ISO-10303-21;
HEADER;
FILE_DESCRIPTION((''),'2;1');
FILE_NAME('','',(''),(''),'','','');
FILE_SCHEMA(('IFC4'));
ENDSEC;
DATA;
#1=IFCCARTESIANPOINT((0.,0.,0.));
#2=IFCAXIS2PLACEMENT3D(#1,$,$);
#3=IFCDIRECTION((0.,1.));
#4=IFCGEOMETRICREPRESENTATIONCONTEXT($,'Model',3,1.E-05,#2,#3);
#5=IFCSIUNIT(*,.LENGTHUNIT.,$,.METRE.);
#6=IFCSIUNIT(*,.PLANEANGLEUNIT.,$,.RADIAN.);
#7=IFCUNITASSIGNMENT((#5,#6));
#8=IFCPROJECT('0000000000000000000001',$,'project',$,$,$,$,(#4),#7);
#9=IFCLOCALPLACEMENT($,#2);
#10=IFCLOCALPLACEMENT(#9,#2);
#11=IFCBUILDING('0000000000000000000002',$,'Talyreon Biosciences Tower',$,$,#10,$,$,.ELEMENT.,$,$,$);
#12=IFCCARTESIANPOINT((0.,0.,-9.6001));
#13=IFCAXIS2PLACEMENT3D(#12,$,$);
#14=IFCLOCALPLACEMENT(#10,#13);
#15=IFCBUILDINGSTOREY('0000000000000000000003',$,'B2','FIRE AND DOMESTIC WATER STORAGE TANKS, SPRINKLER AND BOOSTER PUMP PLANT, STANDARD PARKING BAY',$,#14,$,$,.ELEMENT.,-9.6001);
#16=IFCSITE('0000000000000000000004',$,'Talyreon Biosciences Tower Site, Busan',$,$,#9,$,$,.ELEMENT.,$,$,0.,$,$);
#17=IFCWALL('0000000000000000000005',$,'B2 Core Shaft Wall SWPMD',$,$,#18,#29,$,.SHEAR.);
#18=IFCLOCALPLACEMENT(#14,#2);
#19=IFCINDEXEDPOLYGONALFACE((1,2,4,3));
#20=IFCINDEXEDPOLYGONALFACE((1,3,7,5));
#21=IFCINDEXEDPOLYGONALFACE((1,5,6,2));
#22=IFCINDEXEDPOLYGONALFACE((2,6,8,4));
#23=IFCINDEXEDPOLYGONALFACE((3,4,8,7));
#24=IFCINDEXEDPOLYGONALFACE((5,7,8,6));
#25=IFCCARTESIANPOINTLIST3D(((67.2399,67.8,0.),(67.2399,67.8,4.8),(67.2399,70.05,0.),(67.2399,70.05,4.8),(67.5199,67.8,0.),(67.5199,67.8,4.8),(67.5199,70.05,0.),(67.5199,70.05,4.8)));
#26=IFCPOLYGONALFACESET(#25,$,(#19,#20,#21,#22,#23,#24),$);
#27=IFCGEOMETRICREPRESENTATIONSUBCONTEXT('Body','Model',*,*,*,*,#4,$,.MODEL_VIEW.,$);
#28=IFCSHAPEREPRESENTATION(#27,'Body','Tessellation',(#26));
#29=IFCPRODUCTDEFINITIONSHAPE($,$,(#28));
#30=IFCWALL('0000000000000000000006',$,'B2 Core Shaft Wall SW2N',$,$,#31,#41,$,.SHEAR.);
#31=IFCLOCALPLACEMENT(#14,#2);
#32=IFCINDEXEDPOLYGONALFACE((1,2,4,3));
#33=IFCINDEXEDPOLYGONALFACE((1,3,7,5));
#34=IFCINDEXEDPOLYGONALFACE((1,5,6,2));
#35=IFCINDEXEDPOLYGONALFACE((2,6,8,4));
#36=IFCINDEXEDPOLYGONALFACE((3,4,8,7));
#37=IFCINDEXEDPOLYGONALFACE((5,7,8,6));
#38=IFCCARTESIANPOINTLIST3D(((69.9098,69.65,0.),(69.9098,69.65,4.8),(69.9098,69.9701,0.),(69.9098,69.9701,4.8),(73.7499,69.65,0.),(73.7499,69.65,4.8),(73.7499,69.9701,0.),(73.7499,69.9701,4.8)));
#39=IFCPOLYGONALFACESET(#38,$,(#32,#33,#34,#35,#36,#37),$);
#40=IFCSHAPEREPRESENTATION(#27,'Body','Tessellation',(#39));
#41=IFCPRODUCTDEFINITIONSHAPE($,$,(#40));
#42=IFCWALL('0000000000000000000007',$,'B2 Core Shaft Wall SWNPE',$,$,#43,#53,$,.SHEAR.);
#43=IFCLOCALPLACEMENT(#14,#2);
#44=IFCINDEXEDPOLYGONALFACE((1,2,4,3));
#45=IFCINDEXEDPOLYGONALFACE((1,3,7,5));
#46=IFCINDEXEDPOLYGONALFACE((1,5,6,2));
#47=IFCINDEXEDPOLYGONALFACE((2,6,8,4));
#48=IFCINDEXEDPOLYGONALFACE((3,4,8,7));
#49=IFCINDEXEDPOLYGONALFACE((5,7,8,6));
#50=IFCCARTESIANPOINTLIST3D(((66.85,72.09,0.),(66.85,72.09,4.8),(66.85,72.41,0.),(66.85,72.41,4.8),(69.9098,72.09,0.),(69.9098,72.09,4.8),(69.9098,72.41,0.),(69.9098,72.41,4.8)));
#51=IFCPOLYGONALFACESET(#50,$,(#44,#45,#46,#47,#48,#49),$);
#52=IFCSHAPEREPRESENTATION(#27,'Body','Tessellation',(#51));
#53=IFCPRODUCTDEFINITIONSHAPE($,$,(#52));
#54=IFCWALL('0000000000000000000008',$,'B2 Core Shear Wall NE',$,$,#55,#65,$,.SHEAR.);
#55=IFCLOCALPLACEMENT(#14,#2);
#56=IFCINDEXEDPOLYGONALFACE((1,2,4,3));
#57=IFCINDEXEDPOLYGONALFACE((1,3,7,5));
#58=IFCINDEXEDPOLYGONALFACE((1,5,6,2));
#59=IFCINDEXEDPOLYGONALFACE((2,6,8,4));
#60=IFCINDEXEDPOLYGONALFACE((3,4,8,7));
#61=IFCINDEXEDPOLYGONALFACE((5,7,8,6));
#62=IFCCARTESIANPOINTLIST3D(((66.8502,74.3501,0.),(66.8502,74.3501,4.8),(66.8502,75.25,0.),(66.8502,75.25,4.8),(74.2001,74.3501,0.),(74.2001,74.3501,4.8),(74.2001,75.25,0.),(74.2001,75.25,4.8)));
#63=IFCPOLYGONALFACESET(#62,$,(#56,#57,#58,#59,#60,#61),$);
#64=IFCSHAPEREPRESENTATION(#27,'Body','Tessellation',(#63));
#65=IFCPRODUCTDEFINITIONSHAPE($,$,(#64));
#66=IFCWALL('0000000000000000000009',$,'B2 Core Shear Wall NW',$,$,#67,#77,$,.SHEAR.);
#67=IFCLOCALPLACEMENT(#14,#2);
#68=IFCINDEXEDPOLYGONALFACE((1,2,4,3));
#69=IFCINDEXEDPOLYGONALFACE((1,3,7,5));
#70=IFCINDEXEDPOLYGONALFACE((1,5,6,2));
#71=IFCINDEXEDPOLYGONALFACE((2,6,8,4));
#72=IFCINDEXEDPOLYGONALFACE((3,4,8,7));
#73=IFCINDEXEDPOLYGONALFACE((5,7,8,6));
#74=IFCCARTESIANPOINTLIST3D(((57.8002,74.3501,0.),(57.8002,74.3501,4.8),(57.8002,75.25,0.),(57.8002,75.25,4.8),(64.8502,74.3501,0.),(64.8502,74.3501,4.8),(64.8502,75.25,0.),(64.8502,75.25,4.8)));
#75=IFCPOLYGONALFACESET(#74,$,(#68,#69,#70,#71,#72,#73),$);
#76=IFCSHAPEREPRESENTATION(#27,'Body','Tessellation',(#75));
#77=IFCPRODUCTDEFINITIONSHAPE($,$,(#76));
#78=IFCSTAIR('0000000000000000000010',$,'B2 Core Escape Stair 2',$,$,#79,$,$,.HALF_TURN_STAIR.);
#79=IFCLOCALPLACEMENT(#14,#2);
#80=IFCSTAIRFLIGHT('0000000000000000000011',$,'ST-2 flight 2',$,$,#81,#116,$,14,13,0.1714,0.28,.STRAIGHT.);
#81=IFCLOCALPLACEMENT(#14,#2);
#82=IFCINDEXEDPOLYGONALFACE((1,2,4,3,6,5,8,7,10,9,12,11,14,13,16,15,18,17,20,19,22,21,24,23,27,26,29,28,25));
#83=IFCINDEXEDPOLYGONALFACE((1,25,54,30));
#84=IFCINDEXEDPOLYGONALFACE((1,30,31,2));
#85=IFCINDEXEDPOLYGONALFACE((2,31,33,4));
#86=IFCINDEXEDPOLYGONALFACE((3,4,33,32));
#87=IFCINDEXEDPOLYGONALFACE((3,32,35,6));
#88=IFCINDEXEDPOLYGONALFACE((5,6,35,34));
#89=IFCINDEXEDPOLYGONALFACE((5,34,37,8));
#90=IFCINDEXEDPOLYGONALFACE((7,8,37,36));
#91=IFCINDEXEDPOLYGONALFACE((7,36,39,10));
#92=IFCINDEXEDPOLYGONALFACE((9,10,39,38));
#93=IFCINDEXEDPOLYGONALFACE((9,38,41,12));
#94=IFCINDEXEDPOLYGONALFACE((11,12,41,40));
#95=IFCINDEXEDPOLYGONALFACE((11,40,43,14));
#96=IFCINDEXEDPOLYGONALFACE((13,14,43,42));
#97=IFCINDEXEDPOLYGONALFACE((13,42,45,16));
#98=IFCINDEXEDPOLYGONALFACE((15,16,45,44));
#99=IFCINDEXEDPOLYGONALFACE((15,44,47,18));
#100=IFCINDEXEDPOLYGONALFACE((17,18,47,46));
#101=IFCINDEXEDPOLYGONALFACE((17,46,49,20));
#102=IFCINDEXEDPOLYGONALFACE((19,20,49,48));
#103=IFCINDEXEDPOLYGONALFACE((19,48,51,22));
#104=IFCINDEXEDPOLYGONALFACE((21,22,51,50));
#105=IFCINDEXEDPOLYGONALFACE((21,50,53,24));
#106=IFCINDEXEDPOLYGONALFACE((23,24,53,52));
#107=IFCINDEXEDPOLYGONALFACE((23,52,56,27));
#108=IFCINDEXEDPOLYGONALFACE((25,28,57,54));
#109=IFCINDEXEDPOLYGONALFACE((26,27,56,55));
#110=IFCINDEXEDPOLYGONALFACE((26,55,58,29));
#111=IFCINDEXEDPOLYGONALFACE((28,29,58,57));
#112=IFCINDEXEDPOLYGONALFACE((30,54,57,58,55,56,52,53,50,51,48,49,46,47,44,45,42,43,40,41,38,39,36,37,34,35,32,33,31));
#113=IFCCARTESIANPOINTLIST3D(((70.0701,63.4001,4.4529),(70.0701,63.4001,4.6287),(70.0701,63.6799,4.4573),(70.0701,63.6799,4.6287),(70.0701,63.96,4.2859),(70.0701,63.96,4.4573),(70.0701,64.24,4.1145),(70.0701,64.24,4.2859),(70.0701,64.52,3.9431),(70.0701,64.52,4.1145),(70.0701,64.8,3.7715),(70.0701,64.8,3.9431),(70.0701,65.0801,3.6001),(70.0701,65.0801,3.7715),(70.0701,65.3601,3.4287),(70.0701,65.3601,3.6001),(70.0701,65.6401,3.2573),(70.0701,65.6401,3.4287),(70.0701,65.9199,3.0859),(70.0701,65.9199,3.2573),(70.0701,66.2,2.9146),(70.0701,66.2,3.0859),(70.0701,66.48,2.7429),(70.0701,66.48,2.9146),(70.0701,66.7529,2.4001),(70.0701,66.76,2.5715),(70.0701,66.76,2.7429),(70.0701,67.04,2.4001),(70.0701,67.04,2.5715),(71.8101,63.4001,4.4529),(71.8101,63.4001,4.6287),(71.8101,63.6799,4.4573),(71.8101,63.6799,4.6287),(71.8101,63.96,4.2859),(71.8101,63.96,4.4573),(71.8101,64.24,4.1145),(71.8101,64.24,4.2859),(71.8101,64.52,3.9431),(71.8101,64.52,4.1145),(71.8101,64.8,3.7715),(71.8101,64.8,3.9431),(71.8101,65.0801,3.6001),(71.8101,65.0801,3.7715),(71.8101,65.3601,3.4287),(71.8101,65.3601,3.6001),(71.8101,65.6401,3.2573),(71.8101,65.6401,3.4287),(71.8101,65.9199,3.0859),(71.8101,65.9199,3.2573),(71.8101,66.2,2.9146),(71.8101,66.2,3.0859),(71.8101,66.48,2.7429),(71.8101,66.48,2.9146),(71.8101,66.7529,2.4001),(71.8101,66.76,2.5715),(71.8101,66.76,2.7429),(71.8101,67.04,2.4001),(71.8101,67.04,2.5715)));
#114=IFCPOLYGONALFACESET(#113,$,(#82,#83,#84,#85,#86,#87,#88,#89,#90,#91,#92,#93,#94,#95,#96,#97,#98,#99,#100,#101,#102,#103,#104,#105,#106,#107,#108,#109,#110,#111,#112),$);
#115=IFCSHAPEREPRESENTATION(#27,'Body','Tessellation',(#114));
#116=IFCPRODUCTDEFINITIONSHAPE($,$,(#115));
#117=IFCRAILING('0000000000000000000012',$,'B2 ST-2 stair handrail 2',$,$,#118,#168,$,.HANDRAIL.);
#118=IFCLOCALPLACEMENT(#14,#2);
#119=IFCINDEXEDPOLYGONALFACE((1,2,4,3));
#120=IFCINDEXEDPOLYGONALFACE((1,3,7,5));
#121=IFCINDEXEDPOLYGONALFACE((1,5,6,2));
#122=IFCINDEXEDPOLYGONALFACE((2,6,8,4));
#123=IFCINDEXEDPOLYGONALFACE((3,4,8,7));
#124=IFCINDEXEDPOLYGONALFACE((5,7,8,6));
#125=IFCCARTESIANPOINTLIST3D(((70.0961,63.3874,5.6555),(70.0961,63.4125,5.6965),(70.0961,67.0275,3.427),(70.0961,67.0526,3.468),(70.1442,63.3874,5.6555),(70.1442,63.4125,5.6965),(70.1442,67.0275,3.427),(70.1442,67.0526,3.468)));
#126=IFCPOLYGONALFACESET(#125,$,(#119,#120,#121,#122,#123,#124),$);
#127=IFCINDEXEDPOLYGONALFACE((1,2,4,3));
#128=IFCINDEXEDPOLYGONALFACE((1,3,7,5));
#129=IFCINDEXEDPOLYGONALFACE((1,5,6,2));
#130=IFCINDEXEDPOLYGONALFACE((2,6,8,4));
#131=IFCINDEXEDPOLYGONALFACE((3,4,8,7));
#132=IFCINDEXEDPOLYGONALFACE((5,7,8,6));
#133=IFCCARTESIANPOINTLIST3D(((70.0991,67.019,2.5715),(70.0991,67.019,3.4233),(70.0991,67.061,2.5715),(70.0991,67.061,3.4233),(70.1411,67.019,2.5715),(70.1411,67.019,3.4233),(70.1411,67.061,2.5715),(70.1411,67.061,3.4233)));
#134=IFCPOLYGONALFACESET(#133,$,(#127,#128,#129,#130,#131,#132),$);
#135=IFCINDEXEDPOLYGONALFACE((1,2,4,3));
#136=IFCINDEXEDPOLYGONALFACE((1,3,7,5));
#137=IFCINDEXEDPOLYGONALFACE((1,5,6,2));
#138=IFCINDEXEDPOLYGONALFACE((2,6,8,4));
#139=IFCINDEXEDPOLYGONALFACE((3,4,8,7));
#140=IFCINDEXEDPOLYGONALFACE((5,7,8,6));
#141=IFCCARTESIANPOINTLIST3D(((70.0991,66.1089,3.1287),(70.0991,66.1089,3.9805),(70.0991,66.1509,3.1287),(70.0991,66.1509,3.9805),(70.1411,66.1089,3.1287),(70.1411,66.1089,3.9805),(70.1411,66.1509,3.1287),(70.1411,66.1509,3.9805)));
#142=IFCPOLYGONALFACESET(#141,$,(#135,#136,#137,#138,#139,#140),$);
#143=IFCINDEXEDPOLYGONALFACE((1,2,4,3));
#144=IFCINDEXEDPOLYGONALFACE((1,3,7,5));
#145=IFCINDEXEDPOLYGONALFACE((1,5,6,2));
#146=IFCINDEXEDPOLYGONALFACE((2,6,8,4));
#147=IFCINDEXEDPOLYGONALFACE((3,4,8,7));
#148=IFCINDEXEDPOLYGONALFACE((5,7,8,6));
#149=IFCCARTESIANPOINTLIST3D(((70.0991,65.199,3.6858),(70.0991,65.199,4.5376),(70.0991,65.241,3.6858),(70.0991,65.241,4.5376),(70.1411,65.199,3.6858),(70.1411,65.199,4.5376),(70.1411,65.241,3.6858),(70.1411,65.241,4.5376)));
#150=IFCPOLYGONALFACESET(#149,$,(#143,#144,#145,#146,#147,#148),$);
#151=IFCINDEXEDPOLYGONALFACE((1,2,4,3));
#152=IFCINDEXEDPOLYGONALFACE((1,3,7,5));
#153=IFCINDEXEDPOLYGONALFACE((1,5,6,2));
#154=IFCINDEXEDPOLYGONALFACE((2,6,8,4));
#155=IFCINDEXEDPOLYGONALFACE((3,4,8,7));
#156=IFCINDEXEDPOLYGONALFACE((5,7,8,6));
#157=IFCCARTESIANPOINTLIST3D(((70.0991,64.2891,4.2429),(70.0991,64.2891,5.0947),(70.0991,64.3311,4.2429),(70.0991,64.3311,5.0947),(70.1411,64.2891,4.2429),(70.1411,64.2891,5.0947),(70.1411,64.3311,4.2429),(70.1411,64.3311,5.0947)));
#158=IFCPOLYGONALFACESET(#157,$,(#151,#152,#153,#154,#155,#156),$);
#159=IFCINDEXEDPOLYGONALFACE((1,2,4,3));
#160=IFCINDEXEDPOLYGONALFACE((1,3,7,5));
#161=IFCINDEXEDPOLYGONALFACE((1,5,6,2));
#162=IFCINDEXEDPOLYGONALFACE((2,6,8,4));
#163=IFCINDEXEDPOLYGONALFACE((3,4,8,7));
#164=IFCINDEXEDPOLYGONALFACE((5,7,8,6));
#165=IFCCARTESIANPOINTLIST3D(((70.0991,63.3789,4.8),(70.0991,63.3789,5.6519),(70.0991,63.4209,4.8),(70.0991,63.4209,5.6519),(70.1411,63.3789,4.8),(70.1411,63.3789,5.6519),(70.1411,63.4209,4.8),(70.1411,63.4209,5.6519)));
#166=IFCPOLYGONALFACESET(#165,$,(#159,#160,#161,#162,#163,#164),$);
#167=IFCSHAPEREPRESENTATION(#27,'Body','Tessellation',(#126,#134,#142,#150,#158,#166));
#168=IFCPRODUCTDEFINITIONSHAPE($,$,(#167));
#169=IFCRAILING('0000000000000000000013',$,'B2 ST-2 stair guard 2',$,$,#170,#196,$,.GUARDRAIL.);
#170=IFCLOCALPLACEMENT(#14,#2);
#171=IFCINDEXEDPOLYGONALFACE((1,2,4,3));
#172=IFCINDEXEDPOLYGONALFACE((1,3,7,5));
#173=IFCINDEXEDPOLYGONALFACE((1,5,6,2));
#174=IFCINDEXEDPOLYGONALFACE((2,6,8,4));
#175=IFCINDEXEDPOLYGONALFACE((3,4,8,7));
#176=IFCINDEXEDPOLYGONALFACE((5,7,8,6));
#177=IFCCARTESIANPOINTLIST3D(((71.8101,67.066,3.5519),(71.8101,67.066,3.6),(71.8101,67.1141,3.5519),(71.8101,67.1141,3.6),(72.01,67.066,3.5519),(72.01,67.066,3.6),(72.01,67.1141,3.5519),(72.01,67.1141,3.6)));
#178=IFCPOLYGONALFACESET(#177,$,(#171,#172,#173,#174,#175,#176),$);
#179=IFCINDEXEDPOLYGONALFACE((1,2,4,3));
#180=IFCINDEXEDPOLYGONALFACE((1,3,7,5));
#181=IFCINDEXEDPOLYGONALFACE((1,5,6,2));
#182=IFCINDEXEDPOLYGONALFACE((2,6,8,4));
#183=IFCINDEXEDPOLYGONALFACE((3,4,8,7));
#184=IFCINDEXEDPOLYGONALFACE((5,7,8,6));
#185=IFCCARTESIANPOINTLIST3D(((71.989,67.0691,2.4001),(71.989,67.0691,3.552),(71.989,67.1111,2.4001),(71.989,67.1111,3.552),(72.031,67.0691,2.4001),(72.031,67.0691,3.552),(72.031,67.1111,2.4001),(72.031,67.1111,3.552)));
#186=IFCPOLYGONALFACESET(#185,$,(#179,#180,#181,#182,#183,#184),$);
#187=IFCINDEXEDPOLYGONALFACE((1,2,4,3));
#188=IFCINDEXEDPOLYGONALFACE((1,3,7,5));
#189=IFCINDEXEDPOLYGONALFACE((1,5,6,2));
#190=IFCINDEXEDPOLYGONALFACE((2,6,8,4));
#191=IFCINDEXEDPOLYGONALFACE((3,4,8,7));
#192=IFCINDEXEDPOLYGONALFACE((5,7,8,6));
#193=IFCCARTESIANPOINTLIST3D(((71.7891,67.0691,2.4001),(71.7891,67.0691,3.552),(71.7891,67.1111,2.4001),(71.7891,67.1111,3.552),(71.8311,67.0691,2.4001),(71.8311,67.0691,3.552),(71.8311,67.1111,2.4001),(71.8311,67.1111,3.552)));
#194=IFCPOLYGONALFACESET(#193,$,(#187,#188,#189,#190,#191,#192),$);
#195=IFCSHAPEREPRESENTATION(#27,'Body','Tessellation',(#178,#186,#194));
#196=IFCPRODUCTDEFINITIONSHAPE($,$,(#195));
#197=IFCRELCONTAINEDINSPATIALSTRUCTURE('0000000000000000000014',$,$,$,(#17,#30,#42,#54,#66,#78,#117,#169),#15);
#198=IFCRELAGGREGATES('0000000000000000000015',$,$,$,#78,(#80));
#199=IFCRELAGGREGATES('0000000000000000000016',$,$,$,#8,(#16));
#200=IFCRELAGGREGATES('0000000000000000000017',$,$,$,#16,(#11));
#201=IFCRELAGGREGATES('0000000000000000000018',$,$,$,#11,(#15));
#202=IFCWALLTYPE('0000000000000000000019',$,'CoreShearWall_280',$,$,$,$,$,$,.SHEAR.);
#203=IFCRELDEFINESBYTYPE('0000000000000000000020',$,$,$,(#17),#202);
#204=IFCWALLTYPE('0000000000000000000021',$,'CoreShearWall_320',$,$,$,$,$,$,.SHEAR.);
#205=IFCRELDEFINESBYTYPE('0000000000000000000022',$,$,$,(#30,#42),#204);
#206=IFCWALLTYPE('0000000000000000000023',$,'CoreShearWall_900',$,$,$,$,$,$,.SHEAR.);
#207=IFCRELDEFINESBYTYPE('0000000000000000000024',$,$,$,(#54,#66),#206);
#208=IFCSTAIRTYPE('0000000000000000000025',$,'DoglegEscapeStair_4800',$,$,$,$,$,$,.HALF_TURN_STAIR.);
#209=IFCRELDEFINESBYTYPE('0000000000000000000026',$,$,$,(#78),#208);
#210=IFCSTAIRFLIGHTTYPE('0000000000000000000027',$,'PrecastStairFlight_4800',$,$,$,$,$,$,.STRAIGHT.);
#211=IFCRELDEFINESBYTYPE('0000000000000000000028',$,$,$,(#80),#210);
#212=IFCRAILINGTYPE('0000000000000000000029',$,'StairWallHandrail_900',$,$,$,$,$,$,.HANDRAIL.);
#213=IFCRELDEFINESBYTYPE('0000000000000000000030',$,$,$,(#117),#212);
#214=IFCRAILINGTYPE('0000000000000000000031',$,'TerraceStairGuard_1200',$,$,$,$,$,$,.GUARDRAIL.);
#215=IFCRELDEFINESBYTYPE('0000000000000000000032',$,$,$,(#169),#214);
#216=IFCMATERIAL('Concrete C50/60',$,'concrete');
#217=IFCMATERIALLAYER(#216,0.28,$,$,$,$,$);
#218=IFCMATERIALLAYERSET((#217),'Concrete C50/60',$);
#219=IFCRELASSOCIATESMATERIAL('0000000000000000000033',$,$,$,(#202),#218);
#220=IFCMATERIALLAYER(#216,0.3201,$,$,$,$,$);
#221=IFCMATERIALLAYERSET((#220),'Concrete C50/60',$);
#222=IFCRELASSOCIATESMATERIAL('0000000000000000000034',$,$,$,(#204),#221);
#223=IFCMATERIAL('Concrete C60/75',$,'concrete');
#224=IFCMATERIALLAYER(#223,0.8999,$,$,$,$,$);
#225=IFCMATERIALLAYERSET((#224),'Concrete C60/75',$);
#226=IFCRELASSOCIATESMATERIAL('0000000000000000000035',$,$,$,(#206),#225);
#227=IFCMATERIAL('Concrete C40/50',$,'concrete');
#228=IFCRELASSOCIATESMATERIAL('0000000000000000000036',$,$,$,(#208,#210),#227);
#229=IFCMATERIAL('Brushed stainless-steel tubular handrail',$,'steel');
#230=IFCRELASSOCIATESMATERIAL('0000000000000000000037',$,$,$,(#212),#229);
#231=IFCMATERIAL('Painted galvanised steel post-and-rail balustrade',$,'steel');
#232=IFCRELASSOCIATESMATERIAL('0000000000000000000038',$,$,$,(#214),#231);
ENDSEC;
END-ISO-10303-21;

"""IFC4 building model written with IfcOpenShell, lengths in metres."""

from ifc_helpers import new_model, si_unit, direction, frame, frame_2d, origin, origin_2d, place, context, subcontext, project, spatial, polyline, rectangle, outline, extrude, material, layer, layer_set, type_object, element, aggregate, save


model = new_model("IFC4")

# Units and contexts
model_context = context("Model", 3, precision=1e-05, world=origin(), true_north=direction((0.0, 1.0)))
body_context = subcontext(model_context, "Body", "Model", "MODEL_VIEW")
ifc_project = project(units=[si_unit("LENGTHUNIT", "METRE"), si_unit("PLANEANGLEUNIT", "RADIAN")], contexts=[model_context])

# Site, building, storey
site_placement = place(None, origin())
site = spatial("IfcSite", under=ifc_project, at=site_placement, Name="Talyreon Biosciences Tower Site, Busan", CompositionType="ELEMENT", RefElevation=0.0)
building_placement = place(site_placement, origin())
building = spatial("IfcBuilding", under=site, at=building_placement, Name="Talyreon Biosciences Tower", CompositionType="ELEMENT")
storey_placement = place(building_placement, frame((0.0, 0.0, -9.6001)))
storey = spatial("IfcBuildingStorey", under=building, at=storey_placement, Name="B2", Description="FIRE AND DOMESTIC WATER STORAGE TANKS, SPRINKLER AND BOOSTER PUMP PLANT, STANDARD PARKING BAY", CompositionType="ELEMENT", Elevation=-9.6001)

# Shared definitions
ifc_material_1 = material(Name="Concrete C50/60", Category="concrete")

# Shared definitions
ifc_material_2 = material(Name="Concrete C60/75", Category="concrete")

# Walls
ifc_layer_1 = layer(ifc_material_1, 0.28)
ifc_layer_set_1 = layer_set([ifc_layer_1], Name="Concrete C50/60")
wall_type_1 = type_object("IfcWallType", Name="CoreShearWall_280", PredefinedType="SHEAR", material=ifc_layer_set_1)
for number, where, z_axis, x_axis, name in (
    (1, (67.3799, 67.8, 0.0), (0.0, 0.0, 1.0), (0.0, 1.0, 0.0), "B2 Core Shaft Wall SWPMD"),
):
    element("IfcWall", number, at=place(storey_placement, frame(where, z_axis=z_axis, x_axis=x_axis)), inside=storey, type_object=wall_type_1, Name=name, PredefinedType="SHEAR", context=body_context, shape_type="SweptSolid", body=[
        extrude(rectangle(XDim=2.25, YDim=0.28, at=frame_2d((1.125, 0.0))), origin(), (0.0, 0.0, 1.0), 4.8),
    ])
ifc_layer_2 = layer(ifc_material_1, 0.3201)
ifc_layer_set_2 = layer_set([ifc_layer_2], Name="Concrete C50/60")
wall_type_2 = type_object("IfcWallType", Name="CoreShearWall_320", PredefinedType="SHEAR", material=ifc_layer_set_2)
wall_1_placement = place(storey_placement, frame((69.9099, 69.8101, 0.0), z_axis=(0.0, 0.0, 1.0), x_axis=(1.0, 0.0, 0.0)))
element("IfcWall", 2, at=wall_1_placement, inside=storey, type_object=wall_type_2, Name="B2 Core Shaft Wall SW2N", PredefinedType="SHEAR", context=body_context, shape_type="SweptSolid", body=[
    extrude(rectangle(XDim=3.8401, YDim=0.3201, at=frame_2d((1.9199, 0.0))), origin(), (0.0, 0.0, 1.0), 4.8),
])
wall_2_placement = place(storey_placement, frame((66.8501, 72.25, 0.0), z_axis=(0.0, 0.0, 1.0), x_axis=(1.0, 0.0, 0.0)))
element("IfcWall", 3, at=wall_2_placement, inside=storey, type_object=wall_type_2, Name="B2 Core Shaft Wall SWNPE", PredefinedType="SHEAR", context=body_context, shape_type="SweptSolid", body=[
    extrude(rectangle(XDim=3.0598, YDim=0.3201, at=frame_2d((1.5298, 0.0))), origin(), (0.0, 0.0, 1.0), 4.8),
])
ifc_layer_3 = layer(ifc_material_2, 0.8999)
ifc_layer_set_3 = layer_set([ifc_layer_3], Name="Concrete C60/75")
wall_type_3 = type_object("IfcWallType", Name="CoreShearWall_900", PredefinedType="SHEAR", material=ifc_layer_set_3)
wall_3_placement = place(storey_placement, frame((74.2, 74.8, 0.0), z_axis=(0.0, 0.0, 1.0), x_axis=(-1.0, 0.0, 0.0)))
element("IfcWall", 4, at=wall_3_placement, inside=storey, type_object=wall_type_3, Name="B2 Core Shear Wall NE", PredefinedType="SHEAR", context=body_context, shape_type="SweptSolid", body=[
    extrude(rectangle(XDim=7.3499, YDim=0.8999, at=frame_2d((3.6748, 0.0))), origin(), (0.0, 0.0, 1.0), 4.8),
])
wall_4_placement = place(storey_placement, frame((64.8501, 74.8, 0.0), z_axis=(0.0, 0.0, 1.0), x_axis=(-1.0, 0.0, 0.0)))
element("IfcWall", 5, at=wall_4_placement, inside=storey, type_object=wall_type_3, Name="B2 Core Shear Wall NW", PredefinedType="SHEAR", context=body_context, shape_type="SweptSolid", body=[
    extrude(rectangle(XDim=7.05, YDim=0.8999, at=frame_2d((3.5249, 0.0))), origin(), (0.0, 0.0, 1.0), 4.8),
])

# Stair, stair flight
ifc_material_3 = material(Name="Concrete C40/50", Category="concrete")
stair_type = type_object("IfcStairType", Name="DoglegEscapeStair_4800", PredefinedType="HALF_TURN_STAIR", material=ifc_material_3)
stair_placement = place(storey_placement, origin())
stair = element("IfcStair", 6, at=stair_placement, inside=storey, type_object=stair_type, Name="B2 Core Escape Stair 2", PredefinedType="HALF_TURN_STAIR")
stair_flight_type = type_object("IfcStairFlightType", Name="PrecastStairFlight_4800", PredefinedType="STRAIGHT", material=ifc_material_3)
stair_flight_placement = place(storey_placement, frame((70.9399, 67.04, 2.4001), z_axis=(0.0, 0.0, 1.0), x_axis=(0.0, -1.0, 0.0)))
stair_flight = element("IfcStairFlight", 7, at=stair_flight_placement, type_object=stair_flight_type, Name="ST-2 flight 2", NumberOfRisers=14, NumberOfTreads=13, PredefinedType="STRAIGHT", RiserHeight=0.1714, TreadLength=0.28, context=body_context, shape_type="SweptSolid", body=[
    extrude(outline(polyline([(0.0, 0.0), (0.0, 0.1714), (0.28, 0.1714), (0.28, 0.3428), (0.5601, 0.3428), (0.5601, 0.5144), (0.8401, 0.5144), (0.8401, 0.6858), (1.1201, 0.6858), (1.1201, 0.8572), (1.3999, 0.8572), (1.3999, 1.0286), (1.6799, 1.0286), (1.6799, 1.2), (1.96, 1.2), (1.96, 1.3713), (2.24, 1.3713), (2.24, 1.543), (2.52, 1.543), (2.52, 1.7144), (2.8, 1.7144), (2.8, 1.8857), (3.0801, 1.8857), (3.0801, 2.0571), (3.3601, 2.0571), (3.3601, 2.2285), (3.6399, 2.2285), (3.6399, 2.3999), (3.6399, 2.0527), (0.2871, 0.0), (0.0, 0.0)])), frame((0.0, 0.8701, 0.0), z_axis=(0.0, -1.0, 0.0), x_axis=(1.0, 0.0, 0.0)), (0.0, 0.0, 1.0), 1.74),
])
aggregate(stair, [stair_flight])

# Railings
ifc_material_4 = material(Name="Brushed stainless-steel tubular handrail", Category="steel")
railing_type_1 = type_object("IfcRailingType", Name="StairWallHandrail_900", PredefinedType="HANDRAIL", material=ifc_material_4)
railing_1_placement = place(storey_placement, frame((70.1201, 67.04, 2.5715)))
element("IfcRailing", 8, at=railing_1_placement, inside=storey, type_object=railing_type_1, Name="B2 ST-2 stair handrail 2", PredefinedType="HANDRAIL", context=body_context, shape_type="SweptSolid", body=[
    extrude(rectangle(XDim=0.0481, YDim=0.0481, at=origin_2d()), frame((0.0, 0.0, 0.876), z_axis=(0.0, -0.852866, 0.52213), x_axis=(1.0, 0.0, 0.0)), (0.0, 0.0, 1.0), 4.2681),
    extrude(rectangle(XDim=0.042, YDim=0.042, at=origin_2d()), origin(), (0.0, 0.0, 1.0), 0.8518),
    extrude(rectangle(XDim=0.042, YDim=0.042, at=origin_2d()), frame((0.0, -0.9102, 0.5571)), (0.0, 0.0, 1.0), 0.8518),
    extrude(rectangle(XDim=0.042, YDim=0.042, at=origin_2d()), frame((0.0, -1.8201, 1.1143)), (0.0, 0.0, 1.0), 0.8518),
    extrude(rectangle(XDim=0.042, YDim=0.042, at=origin_2d()), frame((0.0, -2.73, 1.6714)), (0.0, 0.0, 1.0), 0.8518),
    extrude(rectangle(XDim=0.042, YDim=0.042, at=origin_2d()), frame((0.0, -3.6401, 2.2285)), (0.0, 0.0, 1.0), 0.8518),
])
ifc_material_5 = material(Name="Painted galvanised steel post-and-rail balustrade", Category="steel")
railing_type_2 = type_object("IfcRailingType", Name="TerraceStairGuard_1200", PredefinedType="GUARDRAIL", material=ifc_material_5)
railing_2_placement = place(storey_placement, frame((72.01, 67.0901, 2.4001)))
element("IfcRailing", 9, at=railing_2_placement, inside=storey, type_object=railing_type_2, Name="B2 ST-2 stair guard 2", PredefinedType="GUARDRAIL", context=body_context, shape_type="SweptSolid", body=[
    extrude(rectangle(XDim=0.0481, YDim=0.0481, at=origin_2d()), frame((0.0, 0.0, 1.1758), z_axis=(-1.0, 0.0, 0.0), x_axis=(0.0, -1.0, 0.0)), (0.0, 0.0, 1.0), 0.2),
    extrude(rectangle(XDim=0.042, YDim=0.042, at=origin_2d()), origin(), (0.0, 0.0, 1.0), 1.1519),
    extrude(rectangle(XDim=0.042, YDim=0.042, at=origin_2d()), frame((-0.2, 0.0, 0.0)), (0.0, 0.0, 1.0), 1.1519),
])

save(model, "model.ifc")
